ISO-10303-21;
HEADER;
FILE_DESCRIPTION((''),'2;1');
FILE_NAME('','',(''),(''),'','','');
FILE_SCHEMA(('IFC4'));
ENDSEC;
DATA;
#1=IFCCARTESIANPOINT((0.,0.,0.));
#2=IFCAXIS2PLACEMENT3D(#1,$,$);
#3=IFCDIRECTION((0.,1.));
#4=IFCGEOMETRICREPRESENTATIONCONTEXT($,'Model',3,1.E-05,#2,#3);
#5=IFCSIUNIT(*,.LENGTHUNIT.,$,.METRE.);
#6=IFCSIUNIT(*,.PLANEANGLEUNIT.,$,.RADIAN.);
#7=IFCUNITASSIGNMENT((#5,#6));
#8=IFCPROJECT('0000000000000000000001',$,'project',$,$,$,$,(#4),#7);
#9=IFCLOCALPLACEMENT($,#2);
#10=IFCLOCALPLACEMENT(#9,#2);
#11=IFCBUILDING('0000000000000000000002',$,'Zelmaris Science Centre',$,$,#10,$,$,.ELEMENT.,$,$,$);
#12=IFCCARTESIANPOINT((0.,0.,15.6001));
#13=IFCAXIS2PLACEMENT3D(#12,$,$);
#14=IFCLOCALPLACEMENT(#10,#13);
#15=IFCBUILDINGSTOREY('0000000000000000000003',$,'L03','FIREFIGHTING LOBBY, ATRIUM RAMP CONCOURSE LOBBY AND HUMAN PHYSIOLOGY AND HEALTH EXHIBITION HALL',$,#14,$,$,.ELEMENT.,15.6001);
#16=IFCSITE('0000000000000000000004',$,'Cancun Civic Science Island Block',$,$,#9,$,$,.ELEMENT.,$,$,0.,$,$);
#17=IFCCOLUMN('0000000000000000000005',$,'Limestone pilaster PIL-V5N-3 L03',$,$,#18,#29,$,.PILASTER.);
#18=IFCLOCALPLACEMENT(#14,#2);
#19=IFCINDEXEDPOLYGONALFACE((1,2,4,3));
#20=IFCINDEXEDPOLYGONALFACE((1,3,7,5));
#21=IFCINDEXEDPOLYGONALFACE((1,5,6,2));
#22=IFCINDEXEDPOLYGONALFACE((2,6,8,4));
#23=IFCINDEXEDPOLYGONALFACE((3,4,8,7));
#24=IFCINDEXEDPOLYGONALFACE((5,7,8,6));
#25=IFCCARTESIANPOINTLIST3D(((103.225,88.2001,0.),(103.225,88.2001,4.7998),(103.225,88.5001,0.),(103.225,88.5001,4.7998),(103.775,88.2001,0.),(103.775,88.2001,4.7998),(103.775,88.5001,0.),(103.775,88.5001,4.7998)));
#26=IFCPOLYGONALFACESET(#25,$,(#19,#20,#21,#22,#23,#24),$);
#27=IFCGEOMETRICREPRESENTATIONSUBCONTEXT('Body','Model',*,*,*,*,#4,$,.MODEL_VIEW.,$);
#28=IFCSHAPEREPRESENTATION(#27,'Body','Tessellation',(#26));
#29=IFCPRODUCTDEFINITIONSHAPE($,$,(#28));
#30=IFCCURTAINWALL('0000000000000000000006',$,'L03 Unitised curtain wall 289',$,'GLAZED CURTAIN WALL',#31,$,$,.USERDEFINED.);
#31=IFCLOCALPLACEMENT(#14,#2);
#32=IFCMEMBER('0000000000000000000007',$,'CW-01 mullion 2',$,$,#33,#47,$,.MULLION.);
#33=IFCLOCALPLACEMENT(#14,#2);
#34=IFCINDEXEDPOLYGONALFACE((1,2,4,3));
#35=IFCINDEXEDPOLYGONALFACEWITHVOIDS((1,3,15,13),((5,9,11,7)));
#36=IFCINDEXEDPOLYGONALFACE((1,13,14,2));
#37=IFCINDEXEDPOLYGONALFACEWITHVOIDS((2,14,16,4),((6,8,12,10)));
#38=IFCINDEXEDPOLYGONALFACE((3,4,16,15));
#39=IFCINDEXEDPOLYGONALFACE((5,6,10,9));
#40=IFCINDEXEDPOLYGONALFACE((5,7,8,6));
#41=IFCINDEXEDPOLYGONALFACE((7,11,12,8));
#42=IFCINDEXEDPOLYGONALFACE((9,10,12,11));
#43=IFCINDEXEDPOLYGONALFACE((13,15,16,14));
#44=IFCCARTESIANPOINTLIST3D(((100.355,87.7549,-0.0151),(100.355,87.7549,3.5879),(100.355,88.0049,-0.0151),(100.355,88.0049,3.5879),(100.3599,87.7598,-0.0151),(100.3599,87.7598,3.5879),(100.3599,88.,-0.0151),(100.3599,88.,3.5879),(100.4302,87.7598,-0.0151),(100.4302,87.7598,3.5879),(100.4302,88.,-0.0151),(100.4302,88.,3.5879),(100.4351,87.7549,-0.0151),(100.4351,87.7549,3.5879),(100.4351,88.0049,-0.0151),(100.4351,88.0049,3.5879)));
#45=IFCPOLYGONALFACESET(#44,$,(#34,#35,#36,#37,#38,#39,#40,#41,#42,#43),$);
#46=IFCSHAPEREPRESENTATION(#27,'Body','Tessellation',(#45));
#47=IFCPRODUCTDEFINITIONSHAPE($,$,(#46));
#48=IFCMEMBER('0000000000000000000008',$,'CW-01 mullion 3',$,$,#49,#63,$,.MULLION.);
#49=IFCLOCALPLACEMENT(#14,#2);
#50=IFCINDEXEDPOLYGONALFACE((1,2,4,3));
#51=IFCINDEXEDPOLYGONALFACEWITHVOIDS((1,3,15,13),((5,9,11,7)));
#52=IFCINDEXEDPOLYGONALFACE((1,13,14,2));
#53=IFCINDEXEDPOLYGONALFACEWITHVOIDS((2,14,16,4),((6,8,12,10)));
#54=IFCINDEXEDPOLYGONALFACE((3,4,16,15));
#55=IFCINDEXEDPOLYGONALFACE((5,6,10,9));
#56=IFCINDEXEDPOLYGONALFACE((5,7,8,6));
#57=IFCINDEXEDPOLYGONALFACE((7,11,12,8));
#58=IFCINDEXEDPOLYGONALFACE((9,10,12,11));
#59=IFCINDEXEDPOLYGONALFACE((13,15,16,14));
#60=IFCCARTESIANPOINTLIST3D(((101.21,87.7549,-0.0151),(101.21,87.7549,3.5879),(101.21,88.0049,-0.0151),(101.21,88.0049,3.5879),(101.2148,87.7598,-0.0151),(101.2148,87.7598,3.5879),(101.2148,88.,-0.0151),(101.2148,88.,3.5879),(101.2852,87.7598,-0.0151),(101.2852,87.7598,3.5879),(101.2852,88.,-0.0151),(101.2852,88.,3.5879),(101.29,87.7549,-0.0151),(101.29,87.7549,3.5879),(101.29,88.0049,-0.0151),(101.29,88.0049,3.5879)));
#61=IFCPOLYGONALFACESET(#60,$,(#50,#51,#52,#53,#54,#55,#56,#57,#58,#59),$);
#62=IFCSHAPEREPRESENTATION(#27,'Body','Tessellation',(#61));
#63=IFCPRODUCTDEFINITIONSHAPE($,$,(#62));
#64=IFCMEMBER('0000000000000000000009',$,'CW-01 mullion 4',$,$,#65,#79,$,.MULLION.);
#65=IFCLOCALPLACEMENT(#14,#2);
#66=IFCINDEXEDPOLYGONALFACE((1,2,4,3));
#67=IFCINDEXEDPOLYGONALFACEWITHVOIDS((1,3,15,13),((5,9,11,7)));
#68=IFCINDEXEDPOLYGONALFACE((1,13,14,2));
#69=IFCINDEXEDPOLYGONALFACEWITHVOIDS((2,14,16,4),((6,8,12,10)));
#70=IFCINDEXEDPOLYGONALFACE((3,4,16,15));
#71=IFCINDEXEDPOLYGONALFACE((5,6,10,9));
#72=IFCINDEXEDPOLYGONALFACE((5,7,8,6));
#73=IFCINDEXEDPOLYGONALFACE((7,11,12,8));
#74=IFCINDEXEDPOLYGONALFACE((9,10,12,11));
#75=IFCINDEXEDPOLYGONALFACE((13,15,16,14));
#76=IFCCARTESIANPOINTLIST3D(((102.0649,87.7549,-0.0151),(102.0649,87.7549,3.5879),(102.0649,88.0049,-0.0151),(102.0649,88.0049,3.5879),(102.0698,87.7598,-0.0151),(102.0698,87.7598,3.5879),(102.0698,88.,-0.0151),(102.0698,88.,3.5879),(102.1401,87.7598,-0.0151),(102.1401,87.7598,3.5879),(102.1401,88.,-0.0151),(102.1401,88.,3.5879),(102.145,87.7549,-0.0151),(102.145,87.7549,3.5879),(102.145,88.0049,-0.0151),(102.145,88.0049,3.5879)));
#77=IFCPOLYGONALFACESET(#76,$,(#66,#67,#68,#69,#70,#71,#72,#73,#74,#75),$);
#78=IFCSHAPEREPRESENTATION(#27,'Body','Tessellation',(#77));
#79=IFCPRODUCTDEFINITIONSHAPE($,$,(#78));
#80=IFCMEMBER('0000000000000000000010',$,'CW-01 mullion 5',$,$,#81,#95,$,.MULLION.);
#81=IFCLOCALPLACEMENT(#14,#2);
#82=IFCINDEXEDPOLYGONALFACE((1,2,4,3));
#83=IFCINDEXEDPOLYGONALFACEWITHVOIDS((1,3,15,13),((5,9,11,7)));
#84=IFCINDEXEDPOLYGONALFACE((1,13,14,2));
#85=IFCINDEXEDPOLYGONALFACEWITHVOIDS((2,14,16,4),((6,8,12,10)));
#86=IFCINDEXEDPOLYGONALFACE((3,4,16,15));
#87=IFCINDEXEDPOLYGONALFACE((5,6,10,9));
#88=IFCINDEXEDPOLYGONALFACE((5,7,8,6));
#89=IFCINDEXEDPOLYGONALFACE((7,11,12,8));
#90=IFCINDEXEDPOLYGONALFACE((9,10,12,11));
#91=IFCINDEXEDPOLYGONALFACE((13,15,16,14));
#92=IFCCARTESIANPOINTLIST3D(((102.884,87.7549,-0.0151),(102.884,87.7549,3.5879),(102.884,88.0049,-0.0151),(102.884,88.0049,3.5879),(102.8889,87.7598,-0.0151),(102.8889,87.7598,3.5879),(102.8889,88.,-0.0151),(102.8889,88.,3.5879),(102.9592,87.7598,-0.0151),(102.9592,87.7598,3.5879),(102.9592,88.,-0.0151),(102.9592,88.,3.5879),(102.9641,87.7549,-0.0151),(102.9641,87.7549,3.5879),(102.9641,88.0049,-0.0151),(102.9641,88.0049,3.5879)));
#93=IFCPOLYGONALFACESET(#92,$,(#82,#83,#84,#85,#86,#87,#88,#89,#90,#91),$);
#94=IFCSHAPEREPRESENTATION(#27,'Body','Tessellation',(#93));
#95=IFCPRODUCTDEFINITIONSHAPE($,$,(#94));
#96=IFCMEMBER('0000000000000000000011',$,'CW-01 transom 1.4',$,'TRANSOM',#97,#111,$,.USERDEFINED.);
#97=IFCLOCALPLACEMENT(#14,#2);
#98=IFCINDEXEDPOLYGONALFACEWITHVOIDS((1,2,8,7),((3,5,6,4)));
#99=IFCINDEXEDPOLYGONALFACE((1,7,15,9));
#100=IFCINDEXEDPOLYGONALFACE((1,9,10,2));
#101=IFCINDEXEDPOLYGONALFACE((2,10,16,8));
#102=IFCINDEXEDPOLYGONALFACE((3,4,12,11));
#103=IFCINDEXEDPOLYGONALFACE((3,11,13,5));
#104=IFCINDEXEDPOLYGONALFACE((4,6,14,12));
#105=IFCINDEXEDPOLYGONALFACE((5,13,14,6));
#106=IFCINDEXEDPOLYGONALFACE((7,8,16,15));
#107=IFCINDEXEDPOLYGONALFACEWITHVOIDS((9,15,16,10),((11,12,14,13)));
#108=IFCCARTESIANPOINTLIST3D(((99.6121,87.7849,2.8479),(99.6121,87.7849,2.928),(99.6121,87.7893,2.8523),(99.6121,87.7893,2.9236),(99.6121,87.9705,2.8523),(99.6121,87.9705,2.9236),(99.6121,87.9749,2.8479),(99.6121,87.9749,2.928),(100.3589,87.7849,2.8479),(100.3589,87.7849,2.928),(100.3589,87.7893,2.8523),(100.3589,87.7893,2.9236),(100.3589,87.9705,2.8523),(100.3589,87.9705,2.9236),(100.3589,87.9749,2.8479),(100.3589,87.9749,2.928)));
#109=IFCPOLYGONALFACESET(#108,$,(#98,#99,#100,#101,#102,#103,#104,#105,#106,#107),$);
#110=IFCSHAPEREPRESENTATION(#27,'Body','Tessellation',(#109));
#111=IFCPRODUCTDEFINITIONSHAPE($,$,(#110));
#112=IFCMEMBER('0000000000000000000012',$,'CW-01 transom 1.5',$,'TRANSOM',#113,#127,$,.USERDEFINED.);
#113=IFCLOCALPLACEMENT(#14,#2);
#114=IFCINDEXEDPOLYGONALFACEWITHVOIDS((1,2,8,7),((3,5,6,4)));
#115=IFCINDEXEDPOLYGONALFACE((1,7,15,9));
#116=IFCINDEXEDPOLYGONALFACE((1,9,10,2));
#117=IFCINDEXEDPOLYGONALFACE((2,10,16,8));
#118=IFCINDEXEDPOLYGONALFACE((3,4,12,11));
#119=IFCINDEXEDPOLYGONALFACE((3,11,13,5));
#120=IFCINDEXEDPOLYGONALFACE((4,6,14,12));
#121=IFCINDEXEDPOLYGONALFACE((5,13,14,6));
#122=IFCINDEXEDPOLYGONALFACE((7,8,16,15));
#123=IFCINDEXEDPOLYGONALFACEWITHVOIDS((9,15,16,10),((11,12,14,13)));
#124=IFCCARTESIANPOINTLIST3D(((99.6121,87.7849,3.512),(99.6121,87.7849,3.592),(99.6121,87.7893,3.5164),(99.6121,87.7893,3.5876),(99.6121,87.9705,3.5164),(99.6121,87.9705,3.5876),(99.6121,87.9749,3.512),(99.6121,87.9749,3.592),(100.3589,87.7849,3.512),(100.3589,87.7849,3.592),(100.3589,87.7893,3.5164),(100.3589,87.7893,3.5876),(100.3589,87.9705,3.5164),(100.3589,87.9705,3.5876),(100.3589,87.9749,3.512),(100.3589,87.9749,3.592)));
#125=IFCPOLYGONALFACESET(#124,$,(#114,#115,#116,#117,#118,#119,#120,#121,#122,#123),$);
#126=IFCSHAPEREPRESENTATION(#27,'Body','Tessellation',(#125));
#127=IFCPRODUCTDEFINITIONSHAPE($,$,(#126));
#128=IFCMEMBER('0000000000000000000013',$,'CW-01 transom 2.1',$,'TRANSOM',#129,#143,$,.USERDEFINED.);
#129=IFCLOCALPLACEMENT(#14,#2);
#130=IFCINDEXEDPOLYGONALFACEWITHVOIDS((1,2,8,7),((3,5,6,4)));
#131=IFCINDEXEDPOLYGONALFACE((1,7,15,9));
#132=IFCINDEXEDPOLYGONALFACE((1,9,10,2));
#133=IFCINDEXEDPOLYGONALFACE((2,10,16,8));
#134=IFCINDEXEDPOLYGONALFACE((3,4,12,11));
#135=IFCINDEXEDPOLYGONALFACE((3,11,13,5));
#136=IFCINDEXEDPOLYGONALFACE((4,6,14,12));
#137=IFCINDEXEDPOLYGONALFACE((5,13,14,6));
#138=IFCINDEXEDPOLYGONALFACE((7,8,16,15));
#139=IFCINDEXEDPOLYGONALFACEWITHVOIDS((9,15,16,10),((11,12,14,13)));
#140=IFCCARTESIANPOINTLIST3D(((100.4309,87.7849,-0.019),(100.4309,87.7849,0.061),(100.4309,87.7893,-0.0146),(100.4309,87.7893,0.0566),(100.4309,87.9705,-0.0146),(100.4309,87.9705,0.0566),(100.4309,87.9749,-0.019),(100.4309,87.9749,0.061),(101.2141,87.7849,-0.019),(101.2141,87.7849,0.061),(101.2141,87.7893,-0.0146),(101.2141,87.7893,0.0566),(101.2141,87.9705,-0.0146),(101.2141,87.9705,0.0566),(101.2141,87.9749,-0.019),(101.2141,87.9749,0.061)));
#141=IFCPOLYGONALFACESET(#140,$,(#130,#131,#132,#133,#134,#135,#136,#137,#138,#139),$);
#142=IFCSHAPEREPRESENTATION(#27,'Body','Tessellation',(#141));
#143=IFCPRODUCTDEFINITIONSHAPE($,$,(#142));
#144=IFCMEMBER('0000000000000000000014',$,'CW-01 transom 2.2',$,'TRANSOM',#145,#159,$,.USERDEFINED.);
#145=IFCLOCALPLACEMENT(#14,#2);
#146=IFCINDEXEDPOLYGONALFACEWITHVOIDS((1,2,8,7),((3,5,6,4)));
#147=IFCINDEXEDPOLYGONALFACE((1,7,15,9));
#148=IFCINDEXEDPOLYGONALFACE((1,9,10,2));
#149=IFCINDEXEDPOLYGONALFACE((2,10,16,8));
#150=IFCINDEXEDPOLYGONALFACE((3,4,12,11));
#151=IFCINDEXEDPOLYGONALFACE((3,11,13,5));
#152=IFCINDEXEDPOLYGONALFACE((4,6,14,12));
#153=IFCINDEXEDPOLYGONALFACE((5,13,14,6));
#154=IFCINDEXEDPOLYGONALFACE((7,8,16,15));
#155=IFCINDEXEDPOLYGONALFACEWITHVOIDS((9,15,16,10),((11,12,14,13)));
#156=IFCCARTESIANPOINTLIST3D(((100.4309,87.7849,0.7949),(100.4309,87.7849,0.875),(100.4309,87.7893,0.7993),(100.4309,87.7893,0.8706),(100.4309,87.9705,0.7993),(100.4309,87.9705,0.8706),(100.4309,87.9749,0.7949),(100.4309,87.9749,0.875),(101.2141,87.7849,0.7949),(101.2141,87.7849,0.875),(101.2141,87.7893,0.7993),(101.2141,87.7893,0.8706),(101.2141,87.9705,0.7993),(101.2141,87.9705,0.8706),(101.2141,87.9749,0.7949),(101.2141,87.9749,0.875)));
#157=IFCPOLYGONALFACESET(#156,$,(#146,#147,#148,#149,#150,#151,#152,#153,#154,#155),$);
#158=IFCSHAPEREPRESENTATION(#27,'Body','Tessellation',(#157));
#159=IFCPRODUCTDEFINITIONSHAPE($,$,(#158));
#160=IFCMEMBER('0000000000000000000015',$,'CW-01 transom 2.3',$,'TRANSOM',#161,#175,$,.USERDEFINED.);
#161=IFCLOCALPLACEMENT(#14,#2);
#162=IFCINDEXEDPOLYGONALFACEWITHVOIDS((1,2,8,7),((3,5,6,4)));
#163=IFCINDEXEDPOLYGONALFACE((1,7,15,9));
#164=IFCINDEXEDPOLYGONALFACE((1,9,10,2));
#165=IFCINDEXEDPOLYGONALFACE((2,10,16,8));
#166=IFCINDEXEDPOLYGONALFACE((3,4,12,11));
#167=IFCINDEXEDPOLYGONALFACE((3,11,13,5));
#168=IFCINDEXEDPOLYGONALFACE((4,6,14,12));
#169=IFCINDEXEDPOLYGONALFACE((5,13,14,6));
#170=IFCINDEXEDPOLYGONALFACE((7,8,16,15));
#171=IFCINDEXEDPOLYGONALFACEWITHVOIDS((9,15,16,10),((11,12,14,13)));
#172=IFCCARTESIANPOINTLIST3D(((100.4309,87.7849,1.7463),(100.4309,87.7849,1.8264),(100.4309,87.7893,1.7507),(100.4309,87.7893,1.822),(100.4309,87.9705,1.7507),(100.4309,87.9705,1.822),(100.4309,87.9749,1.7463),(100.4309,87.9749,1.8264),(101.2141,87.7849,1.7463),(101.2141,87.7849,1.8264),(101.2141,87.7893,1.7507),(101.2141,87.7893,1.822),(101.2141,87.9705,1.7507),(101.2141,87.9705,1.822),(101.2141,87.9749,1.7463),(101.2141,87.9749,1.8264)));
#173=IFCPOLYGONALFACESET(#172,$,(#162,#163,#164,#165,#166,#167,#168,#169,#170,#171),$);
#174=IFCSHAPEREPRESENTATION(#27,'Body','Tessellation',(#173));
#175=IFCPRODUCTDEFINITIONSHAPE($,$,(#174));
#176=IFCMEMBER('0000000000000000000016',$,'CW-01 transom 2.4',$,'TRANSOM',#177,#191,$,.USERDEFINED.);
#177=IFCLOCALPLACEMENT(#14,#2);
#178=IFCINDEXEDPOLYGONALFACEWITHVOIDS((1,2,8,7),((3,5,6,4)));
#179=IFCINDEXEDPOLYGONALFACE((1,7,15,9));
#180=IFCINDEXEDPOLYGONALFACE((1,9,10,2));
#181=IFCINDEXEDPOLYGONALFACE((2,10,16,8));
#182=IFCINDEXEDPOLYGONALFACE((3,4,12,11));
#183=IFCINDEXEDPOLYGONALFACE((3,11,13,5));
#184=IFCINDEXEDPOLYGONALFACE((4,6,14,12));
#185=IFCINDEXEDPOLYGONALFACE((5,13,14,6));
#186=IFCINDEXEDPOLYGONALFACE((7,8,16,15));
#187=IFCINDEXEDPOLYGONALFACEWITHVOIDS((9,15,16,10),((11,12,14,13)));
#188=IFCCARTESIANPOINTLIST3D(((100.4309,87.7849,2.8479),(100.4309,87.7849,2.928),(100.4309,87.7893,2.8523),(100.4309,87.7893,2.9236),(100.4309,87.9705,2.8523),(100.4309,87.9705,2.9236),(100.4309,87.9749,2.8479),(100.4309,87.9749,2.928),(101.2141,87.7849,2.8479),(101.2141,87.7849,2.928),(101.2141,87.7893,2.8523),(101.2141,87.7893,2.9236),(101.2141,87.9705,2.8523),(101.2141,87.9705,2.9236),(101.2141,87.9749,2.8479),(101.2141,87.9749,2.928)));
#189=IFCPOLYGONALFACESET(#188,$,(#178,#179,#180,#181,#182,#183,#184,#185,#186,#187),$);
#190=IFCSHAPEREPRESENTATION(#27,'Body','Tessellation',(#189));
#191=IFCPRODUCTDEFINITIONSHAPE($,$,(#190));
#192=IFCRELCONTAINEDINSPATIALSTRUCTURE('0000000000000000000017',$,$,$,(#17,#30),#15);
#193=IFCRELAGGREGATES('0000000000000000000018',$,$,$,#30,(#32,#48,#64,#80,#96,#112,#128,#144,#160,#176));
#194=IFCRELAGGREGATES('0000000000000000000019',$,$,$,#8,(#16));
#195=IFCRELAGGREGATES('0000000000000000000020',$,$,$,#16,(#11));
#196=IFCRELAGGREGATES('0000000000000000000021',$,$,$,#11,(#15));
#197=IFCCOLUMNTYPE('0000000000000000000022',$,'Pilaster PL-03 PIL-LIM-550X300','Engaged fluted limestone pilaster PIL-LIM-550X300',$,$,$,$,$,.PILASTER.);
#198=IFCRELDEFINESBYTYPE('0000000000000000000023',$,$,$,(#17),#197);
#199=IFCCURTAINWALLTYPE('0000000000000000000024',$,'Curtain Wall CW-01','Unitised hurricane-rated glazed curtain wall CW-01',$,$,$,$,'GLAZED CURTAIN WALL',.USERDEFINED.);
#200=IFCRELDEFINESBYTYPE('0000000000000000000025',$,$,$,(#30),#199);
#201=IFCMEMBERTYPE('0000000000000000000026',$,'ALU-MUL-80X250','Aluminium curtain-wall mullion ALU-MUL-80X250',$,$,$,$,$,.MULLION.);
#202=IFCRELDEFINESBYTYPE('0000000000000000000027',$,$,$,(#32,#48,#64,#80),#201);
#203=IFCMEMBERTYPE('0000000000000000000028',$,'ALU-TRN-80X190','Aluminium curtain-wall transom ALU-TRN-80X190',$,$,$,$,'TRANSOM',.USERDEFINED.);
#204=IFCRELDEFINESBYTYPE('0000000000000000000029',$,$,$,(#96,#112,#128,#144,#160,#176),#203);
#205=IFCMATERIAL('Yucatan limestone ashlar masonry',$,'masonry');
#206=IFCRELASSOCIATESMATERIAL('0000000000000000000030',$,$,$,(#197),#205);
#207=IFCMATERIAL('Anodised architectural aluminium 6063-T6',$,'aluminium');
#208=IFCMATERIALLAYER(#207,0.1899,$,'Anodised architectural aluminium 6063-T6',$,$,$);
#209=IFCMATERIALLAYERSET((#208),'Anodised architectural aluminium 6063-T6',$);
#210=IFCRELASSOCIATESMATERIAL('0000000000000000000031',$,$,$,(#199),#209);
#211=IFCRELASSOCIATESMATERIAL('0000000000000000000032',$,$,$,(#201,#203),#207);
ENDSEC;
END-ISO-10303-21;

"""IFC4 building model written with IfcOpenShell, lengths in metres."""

from ifc_helpers import new_model, si_unit, direction, frame, origin, origin_2d, place, context, subcontext, project, spatial, rectangle, hollow_rectangle, extrude, material, layer, layer_set, material_profile, profile_set, type_object, element, aggregate, save


model = new_model("IFC4")

# Units and contexts
model_context = context("Model", 3, precision=1e-05, world=origin(), true_north=direction((0.0, 1.0)))
body_context = subcontext(model_context, "Body", "Model", "MODEL_VIEW")
ifc_project = project(units=[si_unit("LENGTHUNIT", "METRE"), si_unit("PLANEANGLEUNIT", "RADIAN")], contexts=[model_context])

# Site, building, storey
site_placement = place(None, origin())
site = spatial("IfcSite", under=ifc_project, at=site_placement, Name="Cancun Civic Science Island Block", CompositionType="ELEMENT", RefElevation=0.0)
building_placement = place(site_placement, origin())
building = spatial("IfcBuilding", under=site, at=building_placement, Name="Zelmaris Science Centre", CompositionType="ELEMENT")
storey_placement = place(building_placement, frame((0.0, 0.0, 15.6001)))
storey = spatial("IfcBuildingStorey", under=building, at=storey_placement, Name="L03", Description="FIREFIGHTING LOBBY, ATRIUM RAMP CONCOURSE LOBBY AND HUMAN PHYSIOLOGY AND HEALTH EXHIBITION HALL", CompositionType="ELEMENT", Elevation=15.6001)

# Column
ifc_material_1 = material(Name="Yucatan limestone ashlar masonry", Category="masonry")
ifc_material_profile_1 = material_profile(ifc_material_1, rectangle(XDim=0.55, YDim=0.3, at=origin_2d()), Name="PIL-LIM-550X300")
ifc_profile_set_1 = profile_set([ifc_material_profile_1], Name="Yucatan limestone ashlar masonry")
column_type = type_object("IfcColumnType", Name="Pilaster PL-03 PIL-LIM-550X300", Description="Engaged fluted limestone pilaster PIL-LIM-550X300", PredefinedType="PILASTER", material=ifc_profile_set_1)
column_placement = place(storey_placement, frame((103.5, 88.3501, 0.0), z_axis=(0.0, 0.0, 1.0), x_axis=(1.0, 0.0, 0.0)))
element("IfcColumn", 1, at=column_placement, inside=storey, type_object=column_type, Name="Limestone pilaster PIL-V5N-3 L03", PredefinedType="PILASTER", context=body_context, shape_type="SweptSolid", body=[
    extrude(rectangle(XDim=0.55, YDim=0.3, at=origin_2d()), origin(), (0.0, 0.0, 1.0), 4.7998),
])

# Curtain wall, members
ifc_material_2 = material(Name="Anodised architectural aluminium 6063-T6", Category="aluminium")
ifc_layer_1 = layer(ifc_material_2, 0.1899, Name="Anodised architectural aluminium 6063-T6")
ifc_layer_set_1 = layer_set([ifc_layer_1], Name="Anodised architectural aluminium 6063-T6")
curtain_wall_type = type_object("IfcCurtainWallType", Name="Curtain Wall CW-01", Description="Unitised hurricane-rated glazed curtain wall CW-01", ElementType="GLAZED CURTAIN WALL", PredefinedType="USERDEFINED", material=ifc_layer_set_1)
curtain_wall_placement = place(storey_placement, origin())
curtain_wall = element("IfcCurtainWall", 2, at=curtain_wall_placement, inside=storey, type_object=curtain_wall_type, Name="L03 Unitised curtain wall 289", ObjectType="GLAZED CURTAIN WALL", PredefinedType="USERDEFINED")
ifc_material_profile_2 = material_profile(ifc_material_2, hollow_rectangle(XDim=0.0801, YDim=0.25, WallThickness=0.0049, at=origin_2d()), Name="ALU-MUL-80X250")
ifc_profile_set_2 = profile_set([ifc_material_profile_2], Name="Anodised architectural aluminium 6063-T6")
member_type_1 = type_object("IfcMemberType", Name="ALU-MUL-80X250", Description="Aluminium curtain-wall mullion ALU-MUL-80X250", PredefinedType="MULLION", material=ifc_profile_set_2)
member_1_placement = place(storey_placement, frame((100.395, 87.8799, -0.0151), z_axis=(0.0, 0.0, 1.0), x_axis=(1.0, 0.0, 0.0)))
member_1 = element("IfcMember", 3, at=member_1_placement, type_object=member_type_1, Name="CW-01 mullion 2", PredefinedType="MULLION", context=body_context, shape_type="SweptSolid", body=[
    extrude(hollow_rectangle(XDim=0.0801, YDim=0.25, WallThickness=0.0049, at=origin_2d()), origin(), (0.0, 0.0, 1.0), 3.603),
])
member_2_placement = place(storey_placement, frame((101.25, 87.8799, -0.0151), z_axis=(0.0, 0.0, 1.0), x_axis=(1.0, 0.0, 0.0)))
member_2 = element("IfcMember", 4, at=member_2_placement, type_object=member_type_1, Name="CW-01 mullion 3", PredefinedType="MULLION", context=body_context, shape_type="SweptSolid", body=[
    extrude(hollow_rectangle(XDim=0.0801, YDim=0.25, WallThickness=0.0049, at=origin_2d()), origin(), (0.0, 0.0, 1.0), 3.603),
])
member_3_placement = place(storey_placement, frame((102.105, 87.8799, -0.0151), z_axis=(0.0, 0.0, 1.0), x_axis=(1.0, 0.0, 0.0)))
member_3 = element("IfcMember", 5, at=member_3_placement, type_object=member_type_1, Name="CW-01 mullion 4", PredefinedType="MULLION", context=body_context, shape_type="SweptSolid", body=[
    extrude(hollow_rectangle(XDim=0.0801, YDim=0.25, WallThickness=0.0049, at=origin_2d()), origin(), (0.0, 0.0, 1.0), 3.603),
])
member_4_placement = place(storey_placement, frame((102.9241, 87.8799, -0.0151), z_axis=(0.0, 0.0, 1.0), x_axis=(1.0, 0.0, 0.0)))
member_4 = element("IfcMember", 6, at=member_4_placement, type_object=member_type_1, Name="CW-01 mullion 5", PredefinedType="MULLION", context=body_context, shape_type="SweptSolid", body=[
    extrude(hollow_rectangle(XDim=0.0801, YDim=0.25, WallThickness=0.0049, at=origin_2d()), origin(), (0.0, 0.0, 1.0), 3.603),
])
ifc_material_profile_3 = material_profile(ifc_material_2, hollow_rectangle(XDim=0.0801, YDim=0.1899, WallThickness=0.0044, at=origin_2d()), Name="ALU-TRN-80X190")
ifc_profile_set_3 = profile_set([ifc_material_profile_3], Name="Anodised architectural aluminium 6063-T6")
member_type_2 = type_object("IfcMemberType", Name="ALU-TRN-80X190", Description="Aluminium curtain-wall transom ALU-TRN-80X190", ElementType="TRANSOM", PredefinedType="USERDEFINED", material=ifc_profile_set_3)
member_5_placement = place(storey_placement, frame((99.6121, 87.8799, 2.8879), z_axis=(1.0, 0.0, 0.0), x_axis=(0.0, 0.0, 1.0)))
member_5 = element("IfcMember", 7, at=member_5_placement, type_object=member_type_2, Name="CW-01 transom 1.4", ObjectType="TRANSOM", PredefinedType="USERDEFINED", context=body_context, shape_type="SweptSolid", body=[
    extrude(hollow_rectangle(XDim=0.0801, YDim=0.1899, WallThickness=0.0044, at=origin_2d()), origin(), (0.0, 0.0, 1.0), 0.7468),
])
member_6_placement = place(storey_placement, frame((99.6121, 87.8799, 3.552), z_axis=(1.0, 0.0, 0.0), x_axis=(0.0, 0.0, 1.0)))
member_6 = element("IfcMember", 8, at=member_6_placement, type_object=member_type_2, Name="CW-01 transom 1.5", ObjectType="TRANSOM", PredefinedType="USERDEFINED", context=body_context, shape_type="SweptSolid", body=[
    extrude(hollow_rectangle(XDim=0.0801, YDim=0.1899, WallThickness=0.0044, at=origin_2d()), origin(), (0.0, 0.0, 1.0), 0.7468),
])
member_7_placement = place(storey_placement, frame((100.4309, 87.8799, 0.021), z_axis=(1.0, 0.0, 0.0), x_axis=(0.0, 0.0, 1.0)))
member_7 = element("IfcMember", 9, at=member_7_placement, type_object=member_type_2, Name="CW-01 transom 2.1", ObjectType="TRANSOM", PredefinedType="USERDEFINED", context=body_context, shape_type="SweptSolid", body=[
    extrude(hollow_rectangle(XDim=0.0801, YDim=0.1899, WallThickness=0.0044, at=origin_2d()), origin(), (0.0, 0.0, 1.0), 0.7832),
])
member_8_placement = place(storey_placement, frame((100.4309, 87.8799, 0.835), z_axis=(1.0, 0.0, 0.0), x_axis=(0.0, 0.0, 1.0)))
member_8 = element("IfcMember", 10, at=member_8_placement, type_object=member_type_2, Name="CW-01 transom 2.2", ObjectType="TRANSOM", PredefinedType="USERDEFINED", context=body_context, shape_type="SweptSolid", body=[
    extrude(hollow_rectangle(XDim=0.0801, YDim=0.1899, WallThickness=0.0044, at=origin_2d()), origin(), (0.0, 0.0, 1.0), 0.7832),
])
member_9_placement = place(storey_placement, frame((100.4309, 87.8799, 1.7864), z_axis=(1.0, 0.0, 0.0), x_axis=(0.0, 0.0, 1.0)))
member_9 = element("IfcMember", 11, at=member_9_placement, type_object=member_type_2, Name="CW-01 transom 2.3", ObjectType="TRANSOM", PredefinedType="USERDEFINED", context=body_context, shape_type="SweptSolid", body=[
    extrude(hollow_rectangle(XDim=0.0801, YDim=0.1899, WallThickness=0.0044, at=origin_2d()), origin(), (0.0, 0.0, 1.0), 0.7832),
])
member_10_placement = place(storey_placement, frame((100.4309, 87.8799, 2.8879), z_axis=(1.0, 0.0, 0.0), x_axis=(0.0, 0.0, 1.0)))
member_10 = element("IfcMember", 12, at=member_10_placement, type_object=member_type_2, Name="CW-01 transom 2.4", ObjectType="TRANSOM", PredefinedType="USERDEFINED", context=body_context, shape_type="SweptSolid", body=[
    extrude(hollow_rectangle(XDim=0.0801, YDim=0.1899, WallThickness=0.0044, at=origin_2d()), origin(), (0.0, 0.0, 1.0), 0.7832),
])
aggregate(curtain_wall, [member_1, member_2, member_3, member_4, member_5, member_6, member_7, member_8, member_9, member_10])

save(model, "model.ifc")
